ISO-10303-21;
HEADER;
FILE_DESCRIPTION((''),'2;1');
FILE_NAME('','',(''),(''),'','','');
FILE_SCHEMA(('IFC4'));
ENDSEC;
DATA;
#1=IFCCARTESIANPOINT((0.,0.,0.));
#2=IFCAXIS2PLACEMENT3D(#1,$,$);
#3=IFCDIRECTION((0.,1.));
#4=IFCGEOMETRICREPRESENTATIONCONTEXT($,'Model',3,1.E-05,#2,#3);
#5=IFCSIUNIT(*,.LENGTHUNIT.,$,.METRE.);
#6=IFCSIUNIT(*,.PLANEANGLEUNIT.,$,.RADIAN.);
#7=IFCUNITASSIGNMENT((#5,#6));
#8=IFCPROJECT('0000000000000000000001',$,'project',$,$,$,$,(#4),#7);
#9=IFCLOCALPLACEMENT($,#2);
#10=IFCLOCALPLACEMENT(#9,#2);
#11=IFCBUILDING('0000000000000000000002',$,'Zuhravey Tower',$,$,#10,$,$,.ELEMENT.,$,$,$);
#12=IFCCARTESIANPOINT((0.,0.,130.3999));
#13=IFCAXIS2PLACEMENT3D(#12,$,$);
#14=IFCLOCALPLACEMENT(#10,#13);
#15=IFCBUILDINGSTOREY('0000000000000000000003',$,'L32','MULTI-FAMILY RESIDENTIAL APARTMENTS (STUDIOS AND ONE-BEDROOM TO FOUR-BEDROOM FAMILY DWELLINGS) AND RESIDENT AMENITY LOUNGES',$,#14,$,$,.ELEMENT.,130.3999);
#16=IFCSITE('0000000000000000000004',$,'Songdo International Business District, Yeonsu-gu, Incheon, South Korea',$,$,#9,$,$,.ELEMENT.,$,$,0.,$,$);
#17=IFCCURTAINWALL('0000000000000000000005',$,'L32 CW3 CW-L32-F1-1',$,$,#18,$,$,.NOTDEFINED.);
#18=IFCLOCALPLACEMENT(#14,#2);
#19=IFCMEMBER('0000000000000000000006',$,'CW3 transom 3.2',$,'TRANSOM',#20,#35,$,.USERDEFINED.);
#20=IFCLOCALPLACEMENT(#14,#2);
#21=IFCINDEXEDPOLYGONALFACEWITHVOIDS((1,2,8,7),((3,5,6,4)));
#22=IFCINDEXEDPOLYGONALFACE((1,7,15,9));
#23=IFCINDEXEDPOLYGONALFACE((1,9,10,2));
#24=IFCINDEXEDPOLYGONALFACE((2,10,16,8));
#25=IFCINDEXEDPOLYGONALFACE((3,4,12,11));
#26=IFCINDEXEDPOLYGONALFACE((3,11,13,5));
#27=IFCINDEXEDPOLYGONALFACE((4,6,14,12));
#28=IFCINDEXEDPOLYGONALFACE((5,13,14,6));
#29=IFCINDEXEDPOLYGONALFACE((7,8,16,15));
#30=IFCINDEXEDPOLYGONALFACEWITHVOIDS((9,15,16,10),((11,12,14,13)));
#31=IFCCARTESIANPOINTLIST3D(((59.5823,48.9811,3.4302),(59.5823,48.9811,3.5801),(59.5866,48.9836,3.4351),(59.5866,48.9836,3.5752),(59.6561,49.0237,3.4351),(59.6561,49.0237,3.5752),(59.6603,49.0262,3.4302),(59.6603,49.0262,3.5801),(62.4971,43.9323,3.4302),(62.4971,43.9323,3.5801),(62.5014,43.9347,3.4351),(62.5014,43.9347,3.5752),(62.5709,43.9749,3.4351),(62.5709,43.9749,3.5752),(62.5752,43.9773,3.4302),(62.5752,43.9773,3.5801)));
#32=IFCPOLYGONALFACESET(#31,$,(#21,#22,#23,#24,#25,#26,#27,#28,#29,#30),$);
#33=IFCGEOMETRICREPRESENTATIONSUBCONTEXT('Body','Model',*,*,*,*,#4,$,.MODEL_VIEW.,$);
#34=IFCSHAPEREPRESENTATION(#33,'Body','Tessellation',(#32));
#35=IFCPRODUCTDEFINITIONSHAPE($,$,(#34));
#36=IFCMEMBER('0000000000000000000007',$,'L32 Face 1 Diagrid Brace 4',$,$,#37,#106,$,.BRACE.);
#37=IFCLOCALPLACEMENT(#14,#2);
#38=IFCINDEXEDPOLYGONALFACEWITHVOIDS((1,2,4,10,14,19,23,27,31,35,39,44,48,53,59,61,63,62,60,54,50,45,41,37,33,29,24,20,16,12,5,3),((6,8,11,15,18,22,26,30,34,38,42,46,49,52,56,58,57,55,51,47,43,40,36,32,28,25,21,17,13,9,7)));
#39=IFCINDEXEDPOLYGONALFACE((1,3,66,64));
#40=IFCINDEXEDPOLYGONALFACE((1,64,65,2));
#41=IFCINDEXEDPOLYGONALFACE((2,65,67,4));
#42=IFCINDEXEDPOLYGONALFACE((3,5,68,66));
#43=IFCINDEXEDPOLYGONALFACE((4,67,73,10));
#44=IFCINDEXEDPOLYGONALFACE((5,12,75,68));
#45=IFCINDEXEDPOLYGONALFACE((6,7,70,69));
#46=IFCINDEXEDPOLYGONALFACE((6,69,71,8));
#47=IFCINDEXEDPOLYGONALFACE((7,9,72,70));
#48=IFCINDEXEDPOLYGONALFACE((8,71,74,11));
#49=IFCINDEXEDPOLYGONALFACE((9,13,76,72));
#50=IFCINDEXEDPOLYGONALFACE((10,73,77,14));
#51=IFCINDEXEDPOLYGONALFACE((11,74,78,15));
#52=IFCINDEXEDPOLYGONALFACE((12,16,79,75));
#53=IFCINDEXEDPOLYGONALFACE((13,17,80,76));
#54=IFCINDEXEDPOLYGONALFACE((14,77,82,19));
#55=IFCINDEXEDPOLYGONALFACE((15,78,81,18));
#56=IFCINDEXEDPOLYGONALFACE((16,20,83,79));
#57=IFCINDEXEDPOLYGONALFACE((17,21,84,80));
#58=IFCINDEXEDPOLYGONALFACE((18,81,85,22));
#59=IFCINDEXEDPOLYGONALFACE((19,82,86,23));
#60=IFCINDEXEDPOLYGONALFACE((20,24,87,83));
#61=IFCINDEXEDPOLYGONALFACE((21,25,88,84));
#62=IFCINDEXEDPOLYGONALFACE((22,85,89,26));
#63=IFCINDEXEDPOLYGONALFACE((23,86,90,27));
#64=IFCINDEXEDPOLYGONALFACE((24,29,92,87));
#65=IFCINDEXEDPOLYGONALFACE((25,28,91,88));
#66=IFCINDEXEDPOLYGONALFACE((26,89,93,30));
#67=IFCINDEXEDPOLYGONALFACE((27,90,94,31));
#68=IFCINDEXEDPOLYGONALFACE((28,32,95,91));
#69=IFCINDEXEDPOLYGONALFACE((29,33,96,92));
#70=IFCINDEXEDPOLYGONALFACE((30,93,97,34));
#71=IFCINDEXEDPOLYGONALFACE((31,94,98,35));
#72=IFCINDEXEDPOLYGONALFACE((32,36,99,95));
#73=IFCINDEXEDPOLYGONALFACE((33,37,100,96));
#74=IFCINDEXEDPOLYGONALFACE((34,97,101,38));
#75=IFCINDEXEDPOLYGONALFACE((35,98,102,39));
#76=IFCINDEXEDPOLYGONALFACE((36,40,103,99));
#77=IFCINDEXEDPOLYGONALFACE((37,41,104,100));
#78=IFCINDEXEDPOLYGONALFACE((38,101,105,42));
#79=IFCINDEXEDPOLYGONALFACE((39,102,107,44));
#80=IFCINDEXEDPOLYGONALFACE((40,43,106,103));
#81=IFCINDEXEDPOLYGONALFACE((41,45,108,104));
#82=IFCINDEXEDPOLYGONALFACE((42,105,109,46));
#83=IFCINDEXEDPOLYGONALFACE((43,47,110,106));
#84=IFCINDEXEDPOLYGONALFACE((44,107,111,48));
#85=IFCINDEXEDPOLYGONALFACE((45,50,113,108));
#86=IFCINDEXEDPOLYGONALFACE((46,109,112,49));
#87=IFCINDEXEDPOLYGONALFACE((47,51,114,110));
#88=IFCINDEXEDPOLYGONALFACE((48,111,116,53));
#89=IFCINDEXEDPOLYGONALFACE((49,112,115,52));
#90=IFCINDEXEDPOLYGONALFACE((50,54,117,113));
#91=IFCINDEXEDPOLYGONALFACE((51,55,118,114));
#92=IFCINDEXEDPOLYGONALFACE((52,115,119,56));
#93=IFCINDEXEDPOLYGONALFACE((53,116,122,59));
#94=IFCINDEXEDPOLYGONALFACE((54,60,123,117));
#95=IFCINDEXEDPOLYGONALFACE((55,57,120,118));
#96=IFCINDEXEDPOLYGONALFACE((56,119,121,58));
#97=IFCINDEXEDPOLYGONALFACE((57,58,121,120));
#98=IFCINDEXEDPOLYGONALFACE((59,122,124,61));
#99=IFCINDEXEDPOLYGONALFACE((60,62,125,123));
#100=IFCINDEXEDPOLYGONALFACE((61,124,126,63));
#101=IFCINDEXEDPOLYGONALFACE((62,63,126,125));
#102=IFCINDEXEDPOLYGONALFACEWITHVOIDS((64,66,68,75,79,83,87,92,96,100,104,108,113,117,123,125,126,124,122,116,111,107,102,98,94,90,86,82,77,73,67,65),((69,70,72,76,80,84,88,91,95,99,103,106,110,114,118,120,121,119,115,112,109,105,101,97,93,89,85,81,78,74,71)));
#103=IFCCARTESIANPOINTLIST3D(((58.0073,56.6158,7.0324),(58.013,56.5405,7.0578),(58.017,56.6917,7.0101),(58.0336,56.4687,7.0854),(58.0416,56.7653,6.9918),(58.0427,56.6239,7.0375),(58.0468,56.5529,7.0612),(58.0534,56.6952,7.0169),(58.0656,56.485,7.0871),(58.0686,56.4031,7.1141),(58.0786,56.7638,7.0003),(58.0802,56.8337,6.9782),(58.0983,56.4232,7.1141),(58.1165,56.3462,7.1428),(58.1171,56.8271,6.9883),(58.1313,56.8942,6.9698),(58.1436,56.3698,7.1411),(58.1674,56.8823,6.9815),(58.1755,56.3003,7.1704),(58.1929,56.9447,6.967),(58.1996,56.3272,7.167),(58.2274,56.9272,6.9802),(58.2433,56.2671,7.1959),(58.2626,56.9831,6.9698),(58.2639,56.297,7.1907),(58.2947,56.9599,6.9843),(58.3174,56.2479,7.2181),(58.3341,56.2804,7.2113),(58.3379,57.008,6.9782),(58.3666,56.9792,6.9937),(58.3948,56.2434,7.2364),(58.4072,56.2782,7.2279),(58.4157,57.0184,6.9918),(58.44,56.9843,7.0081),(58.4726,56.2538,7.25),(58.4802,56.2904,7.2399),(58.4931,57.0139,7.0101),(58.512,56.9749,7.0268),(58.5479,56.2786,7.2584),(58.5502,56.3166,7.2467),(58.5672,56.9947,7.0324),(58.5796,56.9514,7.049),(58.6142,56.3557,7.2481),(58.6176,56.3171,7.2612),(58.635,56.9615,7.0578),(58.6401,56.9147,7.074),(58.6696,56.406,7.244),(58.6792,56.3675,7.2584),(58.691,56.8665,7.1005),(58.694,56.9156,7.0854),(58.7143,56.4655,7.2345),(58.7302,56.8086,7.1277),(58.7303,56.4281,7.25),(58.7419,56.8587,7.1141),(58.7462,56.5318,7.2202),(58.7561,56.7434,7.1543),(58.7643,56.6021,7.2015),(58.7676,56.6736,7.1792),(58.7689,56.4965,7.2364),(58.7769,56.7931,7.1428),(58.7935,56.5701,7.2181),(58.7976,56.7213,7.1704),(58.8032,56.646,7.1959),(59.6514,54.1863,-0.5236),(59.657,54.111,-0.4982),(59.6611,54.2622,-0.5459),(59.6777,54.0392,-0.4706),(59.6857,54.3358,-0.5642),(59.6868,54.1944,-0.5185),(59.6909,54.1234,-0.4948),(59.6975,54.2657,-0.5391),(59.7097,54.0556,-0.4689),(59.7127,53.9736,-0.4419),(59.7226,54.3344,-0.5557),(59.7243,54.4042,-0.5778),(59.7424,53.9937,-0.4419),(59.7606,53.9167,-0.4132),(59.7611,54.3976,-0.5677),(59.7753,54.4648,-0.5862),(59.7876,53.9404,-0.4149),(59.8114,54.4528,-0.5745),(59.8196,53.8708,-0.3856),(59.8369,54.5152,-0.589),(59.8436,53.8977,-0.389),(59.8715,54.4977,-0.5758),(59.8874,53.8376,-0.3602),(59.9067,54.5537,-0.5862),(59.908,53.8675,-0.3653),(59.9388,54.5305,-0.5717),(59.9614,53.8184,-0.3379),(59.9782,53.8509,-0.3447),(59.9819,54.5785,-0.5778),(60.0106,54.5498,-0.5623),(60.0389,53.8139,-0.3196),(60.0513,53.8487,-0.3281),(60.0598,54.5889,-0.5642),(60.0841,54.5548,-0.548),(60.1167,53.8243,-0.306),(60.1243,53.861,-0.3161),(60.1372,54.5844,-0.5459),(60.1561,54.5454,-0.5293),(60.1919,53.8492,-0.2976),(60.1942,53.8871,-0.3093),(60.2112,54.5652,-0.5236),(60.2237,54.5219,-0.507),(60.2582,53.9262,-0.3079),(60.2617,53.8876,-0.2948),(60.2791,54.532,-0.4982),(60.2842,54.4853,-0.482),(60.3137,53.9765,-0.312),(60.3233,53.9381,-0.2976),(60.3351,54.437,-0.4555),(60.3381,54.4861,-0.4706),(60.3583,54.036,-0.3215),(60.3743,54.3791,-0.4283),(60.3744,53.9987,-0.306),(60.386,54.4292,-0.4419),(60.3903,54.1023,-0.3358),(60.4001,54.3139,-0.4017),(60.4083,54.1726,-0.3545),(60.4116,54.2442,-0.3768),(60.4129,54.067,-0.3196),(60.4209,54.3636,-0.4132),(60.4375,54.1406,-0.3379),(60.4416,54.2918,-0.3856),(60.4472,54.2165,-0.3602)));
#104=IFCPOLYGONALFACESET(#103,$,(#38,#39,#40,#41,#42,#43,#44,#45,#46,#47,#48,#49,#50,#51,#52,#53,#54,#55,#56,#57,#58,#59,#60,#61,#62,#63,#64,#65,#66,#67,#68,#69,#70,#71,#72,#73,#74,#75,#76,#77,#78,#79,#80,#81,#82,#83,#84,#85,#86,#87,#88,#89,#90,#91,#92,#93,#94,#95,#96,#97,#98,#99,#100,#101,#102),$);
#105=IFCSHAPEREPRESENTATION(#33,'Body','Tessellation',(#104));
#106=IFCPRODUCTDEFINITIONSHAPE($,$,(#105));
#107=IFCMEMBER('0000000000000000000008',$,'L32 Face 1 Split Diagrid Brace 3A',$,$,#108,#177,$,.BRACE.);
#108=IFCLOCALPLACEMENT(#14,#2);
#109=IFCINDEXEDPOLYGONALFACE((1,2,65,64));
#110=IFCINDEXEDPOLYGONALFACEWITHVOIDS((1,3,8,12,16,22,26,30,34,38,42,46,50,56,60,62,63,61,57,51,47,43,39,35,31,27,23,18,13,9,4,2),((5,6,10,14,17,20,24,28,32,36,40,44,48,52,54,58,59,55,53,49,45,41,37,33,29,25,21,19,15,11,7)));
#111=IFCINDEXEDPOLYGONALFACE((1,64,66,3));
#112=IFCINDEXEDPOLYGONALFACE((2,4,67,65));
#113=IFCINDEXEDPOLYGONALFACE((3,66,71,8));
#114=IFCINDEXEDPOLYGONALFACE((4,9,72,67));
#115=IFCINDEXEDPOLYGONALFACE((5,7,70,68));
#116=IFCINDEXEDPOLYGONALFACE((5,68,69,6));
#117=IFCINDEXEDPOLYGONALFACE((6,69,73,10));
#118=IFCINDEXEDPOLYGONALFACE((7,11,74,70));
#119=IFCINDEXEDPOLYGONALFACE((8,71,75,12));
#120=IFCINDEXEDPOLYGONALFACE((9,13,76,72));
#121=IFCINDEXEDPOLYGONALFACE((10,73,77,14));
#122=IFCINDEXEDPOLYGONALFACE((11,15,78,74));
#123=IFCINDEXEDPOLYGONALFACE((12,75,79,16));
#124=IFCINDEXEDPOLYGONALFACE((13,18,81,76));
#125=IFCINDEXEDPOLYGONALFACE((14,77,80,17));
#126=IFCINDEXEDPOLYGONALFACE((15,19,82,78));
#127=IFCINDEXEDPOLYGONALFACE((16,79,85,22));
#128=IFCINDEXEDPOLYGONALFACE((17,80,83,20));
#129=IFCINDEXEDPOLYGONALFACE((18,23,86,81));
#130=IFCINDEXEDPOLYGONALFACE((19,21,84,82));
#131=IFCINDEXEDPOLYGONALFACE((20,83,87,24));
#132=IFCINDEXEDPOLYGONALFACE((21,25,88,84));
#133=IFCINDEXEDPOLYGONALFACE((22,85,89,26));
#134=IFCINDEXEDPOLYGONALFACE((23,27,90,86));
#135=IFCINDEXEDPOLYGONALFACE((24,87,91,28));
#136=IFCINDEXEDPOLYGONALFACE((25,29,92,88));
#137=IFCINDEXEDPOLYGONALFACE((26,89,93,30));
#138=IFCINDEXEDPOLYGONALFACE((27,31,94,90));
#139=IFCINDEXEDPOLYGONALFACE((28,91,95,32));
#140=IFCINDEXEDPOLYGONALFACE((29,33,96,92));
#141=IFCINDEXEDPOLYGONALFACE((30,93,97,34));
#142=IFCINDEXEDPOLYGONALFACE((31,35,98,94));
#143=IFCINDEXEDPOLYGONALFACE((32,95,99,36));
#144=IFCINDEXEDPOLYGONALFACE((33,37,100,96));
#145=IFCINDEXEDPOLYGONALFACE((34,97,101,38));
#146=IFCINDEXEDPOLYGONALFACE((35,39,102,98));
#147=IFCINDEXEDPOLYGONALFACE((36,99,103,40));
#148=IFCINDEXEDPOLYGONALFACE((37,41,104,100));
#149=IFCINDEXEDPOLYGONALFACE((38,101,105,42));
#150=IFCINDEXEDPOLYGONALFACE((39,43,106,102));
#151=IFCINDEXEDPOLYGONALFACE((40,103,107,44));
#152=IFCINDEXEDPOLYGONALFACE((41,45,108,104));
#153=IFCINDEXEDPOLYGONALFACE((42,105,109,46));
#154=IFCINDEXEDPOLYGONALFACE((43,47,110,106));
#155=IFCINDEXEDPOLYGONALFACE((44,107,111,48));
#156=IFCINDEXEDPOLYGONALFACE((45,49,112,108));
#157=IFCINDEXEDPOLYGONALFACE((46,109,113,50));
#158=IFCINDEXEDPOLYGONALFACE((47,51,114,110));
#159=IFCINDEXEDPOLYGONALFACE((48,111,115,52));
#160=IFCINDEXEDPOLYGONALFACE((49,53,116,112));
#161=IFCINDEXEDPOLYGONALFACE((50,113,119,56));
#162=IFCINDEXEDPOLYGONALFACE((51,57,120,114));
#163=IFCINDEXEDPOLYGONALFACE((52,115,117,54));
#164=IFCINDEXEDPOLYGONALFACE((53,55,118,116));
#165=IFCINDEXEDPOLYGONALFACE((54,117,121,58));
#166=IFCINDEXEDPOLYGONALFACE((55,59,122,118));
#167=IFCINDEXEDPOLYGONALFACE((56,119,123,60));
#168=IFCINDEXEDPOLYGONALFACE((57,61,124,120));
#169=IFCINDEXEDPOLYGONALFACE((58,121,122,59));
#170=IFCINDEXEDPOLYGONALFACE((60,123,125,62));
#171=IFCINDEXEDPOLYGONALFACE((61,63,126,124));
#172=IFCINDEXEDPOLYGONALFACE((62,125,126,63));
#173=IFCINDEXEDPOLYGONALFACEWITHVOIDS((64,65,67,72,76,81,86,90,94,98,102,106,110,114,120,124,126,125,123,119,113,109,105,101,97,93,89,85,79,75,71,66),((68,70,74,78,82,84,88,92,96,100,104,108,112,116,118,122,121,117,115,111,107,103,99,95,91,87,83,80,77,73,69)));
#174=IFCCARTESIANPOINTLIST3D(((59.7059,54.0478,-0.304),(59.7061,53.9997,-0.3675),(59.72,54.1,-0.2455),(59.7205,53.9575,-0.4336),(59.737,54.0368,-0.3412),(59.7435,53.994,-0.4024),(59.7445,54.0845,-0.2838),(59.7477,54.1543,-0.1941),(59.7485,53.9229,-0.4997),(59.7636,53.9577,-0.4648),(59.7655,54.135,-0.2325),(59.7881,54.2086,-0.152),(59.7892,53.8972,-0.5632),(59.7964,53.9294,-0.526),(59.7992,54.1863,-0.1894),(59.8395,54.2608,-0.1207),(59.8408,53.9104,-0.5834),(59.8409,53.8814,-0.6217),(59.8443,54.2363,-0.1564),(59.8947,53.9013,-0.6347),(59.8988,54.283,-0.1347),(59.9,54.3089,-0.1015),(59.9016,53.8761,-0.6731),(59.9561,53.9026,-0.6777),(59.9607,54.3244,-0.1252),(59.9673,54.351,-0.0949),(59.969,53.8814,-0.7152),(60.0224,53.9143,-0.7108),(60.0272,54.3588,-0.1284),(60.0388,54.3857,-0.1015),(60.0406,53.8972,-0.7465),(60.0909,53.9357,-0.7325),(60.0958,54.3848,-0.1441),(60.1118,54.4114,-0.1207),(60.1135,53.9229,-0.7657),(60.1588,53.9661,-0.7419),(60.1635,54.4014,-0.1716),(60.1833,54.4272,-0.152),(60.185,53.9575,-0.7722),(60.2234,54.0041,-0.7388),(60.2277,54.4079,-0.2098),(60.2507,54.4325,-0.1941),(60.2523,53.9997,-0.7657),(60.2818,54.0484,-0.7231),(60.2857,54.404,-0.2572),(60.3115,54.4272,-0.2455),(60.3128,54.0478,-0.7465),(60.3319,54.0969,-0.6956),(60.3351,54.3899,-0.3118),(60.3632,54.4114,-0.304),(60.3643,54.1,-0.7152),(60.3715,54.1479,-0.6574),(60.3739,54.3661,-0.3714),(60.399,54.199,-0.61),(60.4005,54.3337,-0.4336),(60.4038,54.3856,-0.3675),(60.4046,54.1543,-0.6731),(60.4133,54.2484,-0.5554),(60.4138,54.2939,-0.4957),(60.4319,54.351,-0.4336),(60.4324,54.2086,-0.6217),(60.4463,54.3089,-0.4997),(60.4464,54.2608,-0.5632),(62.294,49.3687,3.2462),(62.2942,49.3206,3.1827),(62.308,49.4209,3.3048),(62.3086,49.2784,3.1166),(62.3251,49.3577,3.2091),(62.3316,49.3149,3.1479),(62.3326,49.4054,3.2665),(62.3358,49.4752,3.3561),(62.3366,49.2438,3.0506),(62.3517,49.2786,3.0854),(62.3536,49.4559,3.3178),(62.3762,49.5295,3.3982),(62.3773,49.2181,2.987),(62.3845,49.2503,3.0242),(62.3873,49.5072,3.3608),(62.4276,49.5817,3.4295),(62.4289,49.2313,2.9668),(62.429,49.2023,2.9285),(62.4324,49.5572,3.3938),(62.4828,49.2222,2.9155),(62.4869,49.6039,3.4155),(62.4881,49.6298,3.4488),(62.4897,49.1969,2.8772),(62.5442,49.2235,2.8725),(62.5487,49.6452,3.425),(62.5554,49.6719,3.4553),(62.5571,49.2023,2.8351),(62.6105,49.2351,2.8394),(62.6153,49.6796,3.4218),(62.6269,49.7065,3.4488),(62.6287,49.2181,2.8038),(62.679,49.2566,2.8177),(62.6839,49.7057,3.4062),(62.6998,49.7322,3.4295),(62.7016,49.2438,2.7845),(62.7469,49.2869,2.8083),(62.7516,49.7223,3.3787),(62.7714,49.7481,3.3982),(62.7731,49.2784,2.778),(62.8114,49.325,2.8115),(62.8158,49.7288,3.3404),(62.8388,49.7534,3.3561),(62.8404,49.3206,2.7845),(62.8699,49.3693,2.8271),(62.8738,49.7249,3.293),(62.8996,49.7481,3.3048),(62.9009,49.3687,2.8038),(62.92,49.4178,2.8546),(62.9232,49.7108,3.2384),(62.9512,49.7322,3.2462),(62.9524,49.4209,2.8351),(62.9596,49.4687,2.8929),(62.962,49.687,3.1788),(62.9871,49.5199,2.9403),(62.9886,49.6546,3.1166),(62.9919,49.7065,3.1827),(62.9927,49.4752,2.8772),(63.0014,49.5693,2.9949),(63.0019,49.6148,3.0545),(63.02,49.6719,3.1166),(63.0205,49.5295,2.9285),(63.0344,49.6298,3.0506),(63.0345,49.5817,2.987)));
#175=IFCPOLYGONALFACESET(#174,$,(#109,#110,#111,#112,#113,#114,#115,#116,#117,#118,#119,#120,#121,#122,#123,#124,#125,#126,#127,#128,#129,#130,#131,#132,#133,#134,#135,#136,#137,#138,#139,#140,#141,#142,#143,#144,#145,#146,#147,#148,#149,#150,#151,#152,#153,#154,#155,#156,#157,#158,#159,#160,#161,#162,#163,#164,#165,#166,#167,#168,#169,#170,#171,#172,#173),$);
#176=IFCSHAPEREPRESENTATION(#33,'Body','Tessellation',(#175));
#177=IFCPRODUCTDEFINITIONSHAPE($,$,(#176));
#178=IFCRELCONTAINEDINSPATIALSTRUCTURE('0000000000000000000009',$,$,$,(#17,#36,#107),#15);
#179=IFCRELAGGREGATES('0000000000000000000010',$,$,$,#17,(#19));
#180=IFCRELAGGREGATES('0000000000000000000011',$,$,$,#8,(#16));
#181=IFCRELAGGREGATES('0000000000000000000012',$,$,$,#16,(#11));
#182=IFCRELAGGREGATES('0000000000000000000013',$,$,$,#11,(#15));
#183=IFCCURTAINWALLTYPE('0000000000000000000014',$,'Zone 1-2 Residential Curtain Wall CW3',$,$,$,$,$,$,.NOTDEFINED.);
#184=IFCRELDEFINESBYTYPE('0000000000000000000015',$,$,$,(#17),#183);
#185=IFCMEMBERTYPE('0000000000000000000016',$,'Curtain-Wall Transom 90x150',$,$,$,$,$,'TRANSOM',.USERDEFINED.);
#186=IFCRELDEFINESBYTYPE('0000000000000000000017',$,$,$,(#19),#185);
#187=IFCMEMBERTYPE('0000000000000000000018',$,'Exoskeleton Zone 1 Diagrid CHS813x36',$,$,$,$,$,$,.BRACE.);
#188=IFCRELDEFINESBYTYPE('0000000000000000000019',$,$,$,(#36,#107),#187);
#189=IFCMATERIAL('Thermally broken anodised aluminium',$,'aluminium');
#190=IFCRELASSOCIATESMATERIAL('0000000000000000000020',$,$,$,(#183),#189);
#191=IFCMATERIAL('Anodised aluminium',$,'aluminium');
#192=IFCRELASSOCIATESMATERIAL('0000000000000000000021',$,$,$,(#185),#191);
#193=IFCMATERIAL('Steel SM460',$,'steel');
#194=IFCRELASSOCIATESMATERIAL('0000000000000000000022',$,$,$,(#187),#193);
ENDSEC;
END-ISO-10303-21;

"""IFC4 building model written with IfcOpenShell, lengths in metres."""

from ifc_helpers import new_model, si_unit, direction, frame, origin, origin_2d, place, context, subcontext, project, spatial, hollow_rectangle, hollow_circle, extrude, material, material_profile, profile_set, type_object, element, aggregate, save


model = new_model("IFC4")

# Units and contexts
model_context = context("Model", 3, precision=1e-05, world=origin(), true_north=direction((0.0, 1.0)))
body_context = subcontext(model_context, "Body", "Model", "MODEL_VIEW")
ifc_project = project(units=[si_unit("LENGTHUNIT", "METRE"), si_unit("PLANEANGLEUNIT", "RADIAN")], contexts=[model_context])

# Site, building, storey
site_placement = place(None, origin())
site = spatial("IfcSite", under=ifc_project, at=site_placement, Name="Songdo International Business District, Yeonsu-gu, Incheon, South Korea", CompositionType="ELEMENT", RefElevation=0.0)
building_placement = place(site_placement, origin())
building = spatial("IfcBuilding", under=site, at=building_placement, Name="Zuhravey Tower", CompositionType="ELEMENT")
storey_placement = place(building_placement, frame((0.0, 0.0, 130.3999)))
storey = spatial("IfcBuildingStorey", under=building, at=storey_placement, Name="L32", Description="MULTI-FAMILY RESIDENTIAL APARTMENTS (STUDIOS AND ONE-BEDROOM TO FOUR-BEDROOM FAMILY DWELLINGS) AND RESIDENT AMENITY LOUNGES", CompositionType="ELEMENT", Elevation=130.3999)

# Shared definitions
ifc_material_1 = material(Name="Thermally broken anodised aluminium", Category="aluminium")
curtain_wall_type = type_object("IfcCurtainWallType", Name="Zone 1-2 Residential Curtain Wall CW3", PredefinedType="NOTDEFINED", material=ifc_material_1)
ifc_material_2 = material(Name="Anodised aluminium", Category="aluminium")

# Curtain wall, member
curtain_wall_1_placement = place(storey_placement, origin())
curtain_wall_1 = element("IfcCurtainWall", 1, at=curtain_wall_1_placement, inside=storey, type_object=curtain_wall_type, Name="L32 CW3 CW-L32-F1-1", PredefinedType="NOTDEFINED")
ifc_material_profile_1 = material_profile(ifc_material_2, hollow_rectangle(XDim=0.0901, YDim=0.1499, WallThickness=0.0049, at=origin_2d()), Name="ALU-RHS-90x150x5")
ifc_profile_set_1 = profile_set([ifc_material_profile_1], Name="Anodised aluminium")
member_type_1 = type_object("IfcMemberType", Name="Curtain-Wall Transom 90x150", ElementType="TRANSOM", PredefinedType="USERDEFINED", material=ifc_profile_set_1)
member_1_placement = place(storey_placement, frame((59.6213, 49.0037, 3.5051), z_axis=(0.499981, -0.866036, 0.0), x_axis=(0.866036, 0.499981, 0.0)))
member_1 = element("IfcMember", 2, at=member_1_placement, type_object=member_type_1, Name="CW3 transom 3.2", ObjectType="TRANSOM", PredefinedType="USERDEFINED", context=body_context, shape_type="SweptSolid", body=[
    extrude(hollow_rectangle(XDim=0.0901, YDim=0.1499, WallThickness=0.0049, at=origin_2d()), origin(), (0.0, 0.0, 1.0), 5.8298),
])

# Members
ifc_material_3 = material(Name="Steel SM460", Category="steel")
ifc_material_profile_2 = material_profile(ifc_material_3, hollow_circle(Radius=0.4065, WallThickness=0.0359, at=origin_2d()), Name="CHS-812.8x36")
ifc_profile_set_2 = profile_set([ifc_material_profile_2], Name="Steel SM460")
member_type_2 = type_object("IfcMemberType", Name="Exoskeleton Zone 1 Diagrid CHS813x36", PredefinedType="BRACE", material=ifc_profile_set_2)
member_2_placement = place(storey_placement, frame((60.0493, 54.2014, -0.4419), z_axis=(-0.202834, 0.299733, 0.932212), x_axis=(-0.828189, -0.560449, 0.0)))
element("IfcMember", 3, at=member_2_placement, inside=storey, type_object=member_type_2, Name="L32 Face 1 Diagrid Brace 4", PredefinedType="BRACE", context=body_context, shape_type="SweptSolid", body=[
    extrude(hollow_circle(Radius=0.4065, WallThickness=0.0359, at=origin_2d()), origin(), (0.0, 0.0, 1.0), 8.1055),
])
member_3_placement = place(storey_placement, frame((60.0762, 54.1543, -0.4336), z_axis=(0.403227, -0.729011, 0.553129), x_axis=(0.875062, 0.48401, 0.0)))
element("IfcMember", 4, at=member_3_placement, inside=storey, type_object=member_type_2, Name="L32 Face 1 Split Diagrid Brace 3A", PredefinedType="BRACE", context=body_context, shape_type="SweptSolid", body=[
    extrude(hollow_circle(Radius=0.4065, WallThickness=0.0359, at=origin_2d()), origin(), (0.0, 0.0, 1.0), 6.4185),
])

aggregate(curtain_wall_1, [member_1])

save(model, "model.ifc")
